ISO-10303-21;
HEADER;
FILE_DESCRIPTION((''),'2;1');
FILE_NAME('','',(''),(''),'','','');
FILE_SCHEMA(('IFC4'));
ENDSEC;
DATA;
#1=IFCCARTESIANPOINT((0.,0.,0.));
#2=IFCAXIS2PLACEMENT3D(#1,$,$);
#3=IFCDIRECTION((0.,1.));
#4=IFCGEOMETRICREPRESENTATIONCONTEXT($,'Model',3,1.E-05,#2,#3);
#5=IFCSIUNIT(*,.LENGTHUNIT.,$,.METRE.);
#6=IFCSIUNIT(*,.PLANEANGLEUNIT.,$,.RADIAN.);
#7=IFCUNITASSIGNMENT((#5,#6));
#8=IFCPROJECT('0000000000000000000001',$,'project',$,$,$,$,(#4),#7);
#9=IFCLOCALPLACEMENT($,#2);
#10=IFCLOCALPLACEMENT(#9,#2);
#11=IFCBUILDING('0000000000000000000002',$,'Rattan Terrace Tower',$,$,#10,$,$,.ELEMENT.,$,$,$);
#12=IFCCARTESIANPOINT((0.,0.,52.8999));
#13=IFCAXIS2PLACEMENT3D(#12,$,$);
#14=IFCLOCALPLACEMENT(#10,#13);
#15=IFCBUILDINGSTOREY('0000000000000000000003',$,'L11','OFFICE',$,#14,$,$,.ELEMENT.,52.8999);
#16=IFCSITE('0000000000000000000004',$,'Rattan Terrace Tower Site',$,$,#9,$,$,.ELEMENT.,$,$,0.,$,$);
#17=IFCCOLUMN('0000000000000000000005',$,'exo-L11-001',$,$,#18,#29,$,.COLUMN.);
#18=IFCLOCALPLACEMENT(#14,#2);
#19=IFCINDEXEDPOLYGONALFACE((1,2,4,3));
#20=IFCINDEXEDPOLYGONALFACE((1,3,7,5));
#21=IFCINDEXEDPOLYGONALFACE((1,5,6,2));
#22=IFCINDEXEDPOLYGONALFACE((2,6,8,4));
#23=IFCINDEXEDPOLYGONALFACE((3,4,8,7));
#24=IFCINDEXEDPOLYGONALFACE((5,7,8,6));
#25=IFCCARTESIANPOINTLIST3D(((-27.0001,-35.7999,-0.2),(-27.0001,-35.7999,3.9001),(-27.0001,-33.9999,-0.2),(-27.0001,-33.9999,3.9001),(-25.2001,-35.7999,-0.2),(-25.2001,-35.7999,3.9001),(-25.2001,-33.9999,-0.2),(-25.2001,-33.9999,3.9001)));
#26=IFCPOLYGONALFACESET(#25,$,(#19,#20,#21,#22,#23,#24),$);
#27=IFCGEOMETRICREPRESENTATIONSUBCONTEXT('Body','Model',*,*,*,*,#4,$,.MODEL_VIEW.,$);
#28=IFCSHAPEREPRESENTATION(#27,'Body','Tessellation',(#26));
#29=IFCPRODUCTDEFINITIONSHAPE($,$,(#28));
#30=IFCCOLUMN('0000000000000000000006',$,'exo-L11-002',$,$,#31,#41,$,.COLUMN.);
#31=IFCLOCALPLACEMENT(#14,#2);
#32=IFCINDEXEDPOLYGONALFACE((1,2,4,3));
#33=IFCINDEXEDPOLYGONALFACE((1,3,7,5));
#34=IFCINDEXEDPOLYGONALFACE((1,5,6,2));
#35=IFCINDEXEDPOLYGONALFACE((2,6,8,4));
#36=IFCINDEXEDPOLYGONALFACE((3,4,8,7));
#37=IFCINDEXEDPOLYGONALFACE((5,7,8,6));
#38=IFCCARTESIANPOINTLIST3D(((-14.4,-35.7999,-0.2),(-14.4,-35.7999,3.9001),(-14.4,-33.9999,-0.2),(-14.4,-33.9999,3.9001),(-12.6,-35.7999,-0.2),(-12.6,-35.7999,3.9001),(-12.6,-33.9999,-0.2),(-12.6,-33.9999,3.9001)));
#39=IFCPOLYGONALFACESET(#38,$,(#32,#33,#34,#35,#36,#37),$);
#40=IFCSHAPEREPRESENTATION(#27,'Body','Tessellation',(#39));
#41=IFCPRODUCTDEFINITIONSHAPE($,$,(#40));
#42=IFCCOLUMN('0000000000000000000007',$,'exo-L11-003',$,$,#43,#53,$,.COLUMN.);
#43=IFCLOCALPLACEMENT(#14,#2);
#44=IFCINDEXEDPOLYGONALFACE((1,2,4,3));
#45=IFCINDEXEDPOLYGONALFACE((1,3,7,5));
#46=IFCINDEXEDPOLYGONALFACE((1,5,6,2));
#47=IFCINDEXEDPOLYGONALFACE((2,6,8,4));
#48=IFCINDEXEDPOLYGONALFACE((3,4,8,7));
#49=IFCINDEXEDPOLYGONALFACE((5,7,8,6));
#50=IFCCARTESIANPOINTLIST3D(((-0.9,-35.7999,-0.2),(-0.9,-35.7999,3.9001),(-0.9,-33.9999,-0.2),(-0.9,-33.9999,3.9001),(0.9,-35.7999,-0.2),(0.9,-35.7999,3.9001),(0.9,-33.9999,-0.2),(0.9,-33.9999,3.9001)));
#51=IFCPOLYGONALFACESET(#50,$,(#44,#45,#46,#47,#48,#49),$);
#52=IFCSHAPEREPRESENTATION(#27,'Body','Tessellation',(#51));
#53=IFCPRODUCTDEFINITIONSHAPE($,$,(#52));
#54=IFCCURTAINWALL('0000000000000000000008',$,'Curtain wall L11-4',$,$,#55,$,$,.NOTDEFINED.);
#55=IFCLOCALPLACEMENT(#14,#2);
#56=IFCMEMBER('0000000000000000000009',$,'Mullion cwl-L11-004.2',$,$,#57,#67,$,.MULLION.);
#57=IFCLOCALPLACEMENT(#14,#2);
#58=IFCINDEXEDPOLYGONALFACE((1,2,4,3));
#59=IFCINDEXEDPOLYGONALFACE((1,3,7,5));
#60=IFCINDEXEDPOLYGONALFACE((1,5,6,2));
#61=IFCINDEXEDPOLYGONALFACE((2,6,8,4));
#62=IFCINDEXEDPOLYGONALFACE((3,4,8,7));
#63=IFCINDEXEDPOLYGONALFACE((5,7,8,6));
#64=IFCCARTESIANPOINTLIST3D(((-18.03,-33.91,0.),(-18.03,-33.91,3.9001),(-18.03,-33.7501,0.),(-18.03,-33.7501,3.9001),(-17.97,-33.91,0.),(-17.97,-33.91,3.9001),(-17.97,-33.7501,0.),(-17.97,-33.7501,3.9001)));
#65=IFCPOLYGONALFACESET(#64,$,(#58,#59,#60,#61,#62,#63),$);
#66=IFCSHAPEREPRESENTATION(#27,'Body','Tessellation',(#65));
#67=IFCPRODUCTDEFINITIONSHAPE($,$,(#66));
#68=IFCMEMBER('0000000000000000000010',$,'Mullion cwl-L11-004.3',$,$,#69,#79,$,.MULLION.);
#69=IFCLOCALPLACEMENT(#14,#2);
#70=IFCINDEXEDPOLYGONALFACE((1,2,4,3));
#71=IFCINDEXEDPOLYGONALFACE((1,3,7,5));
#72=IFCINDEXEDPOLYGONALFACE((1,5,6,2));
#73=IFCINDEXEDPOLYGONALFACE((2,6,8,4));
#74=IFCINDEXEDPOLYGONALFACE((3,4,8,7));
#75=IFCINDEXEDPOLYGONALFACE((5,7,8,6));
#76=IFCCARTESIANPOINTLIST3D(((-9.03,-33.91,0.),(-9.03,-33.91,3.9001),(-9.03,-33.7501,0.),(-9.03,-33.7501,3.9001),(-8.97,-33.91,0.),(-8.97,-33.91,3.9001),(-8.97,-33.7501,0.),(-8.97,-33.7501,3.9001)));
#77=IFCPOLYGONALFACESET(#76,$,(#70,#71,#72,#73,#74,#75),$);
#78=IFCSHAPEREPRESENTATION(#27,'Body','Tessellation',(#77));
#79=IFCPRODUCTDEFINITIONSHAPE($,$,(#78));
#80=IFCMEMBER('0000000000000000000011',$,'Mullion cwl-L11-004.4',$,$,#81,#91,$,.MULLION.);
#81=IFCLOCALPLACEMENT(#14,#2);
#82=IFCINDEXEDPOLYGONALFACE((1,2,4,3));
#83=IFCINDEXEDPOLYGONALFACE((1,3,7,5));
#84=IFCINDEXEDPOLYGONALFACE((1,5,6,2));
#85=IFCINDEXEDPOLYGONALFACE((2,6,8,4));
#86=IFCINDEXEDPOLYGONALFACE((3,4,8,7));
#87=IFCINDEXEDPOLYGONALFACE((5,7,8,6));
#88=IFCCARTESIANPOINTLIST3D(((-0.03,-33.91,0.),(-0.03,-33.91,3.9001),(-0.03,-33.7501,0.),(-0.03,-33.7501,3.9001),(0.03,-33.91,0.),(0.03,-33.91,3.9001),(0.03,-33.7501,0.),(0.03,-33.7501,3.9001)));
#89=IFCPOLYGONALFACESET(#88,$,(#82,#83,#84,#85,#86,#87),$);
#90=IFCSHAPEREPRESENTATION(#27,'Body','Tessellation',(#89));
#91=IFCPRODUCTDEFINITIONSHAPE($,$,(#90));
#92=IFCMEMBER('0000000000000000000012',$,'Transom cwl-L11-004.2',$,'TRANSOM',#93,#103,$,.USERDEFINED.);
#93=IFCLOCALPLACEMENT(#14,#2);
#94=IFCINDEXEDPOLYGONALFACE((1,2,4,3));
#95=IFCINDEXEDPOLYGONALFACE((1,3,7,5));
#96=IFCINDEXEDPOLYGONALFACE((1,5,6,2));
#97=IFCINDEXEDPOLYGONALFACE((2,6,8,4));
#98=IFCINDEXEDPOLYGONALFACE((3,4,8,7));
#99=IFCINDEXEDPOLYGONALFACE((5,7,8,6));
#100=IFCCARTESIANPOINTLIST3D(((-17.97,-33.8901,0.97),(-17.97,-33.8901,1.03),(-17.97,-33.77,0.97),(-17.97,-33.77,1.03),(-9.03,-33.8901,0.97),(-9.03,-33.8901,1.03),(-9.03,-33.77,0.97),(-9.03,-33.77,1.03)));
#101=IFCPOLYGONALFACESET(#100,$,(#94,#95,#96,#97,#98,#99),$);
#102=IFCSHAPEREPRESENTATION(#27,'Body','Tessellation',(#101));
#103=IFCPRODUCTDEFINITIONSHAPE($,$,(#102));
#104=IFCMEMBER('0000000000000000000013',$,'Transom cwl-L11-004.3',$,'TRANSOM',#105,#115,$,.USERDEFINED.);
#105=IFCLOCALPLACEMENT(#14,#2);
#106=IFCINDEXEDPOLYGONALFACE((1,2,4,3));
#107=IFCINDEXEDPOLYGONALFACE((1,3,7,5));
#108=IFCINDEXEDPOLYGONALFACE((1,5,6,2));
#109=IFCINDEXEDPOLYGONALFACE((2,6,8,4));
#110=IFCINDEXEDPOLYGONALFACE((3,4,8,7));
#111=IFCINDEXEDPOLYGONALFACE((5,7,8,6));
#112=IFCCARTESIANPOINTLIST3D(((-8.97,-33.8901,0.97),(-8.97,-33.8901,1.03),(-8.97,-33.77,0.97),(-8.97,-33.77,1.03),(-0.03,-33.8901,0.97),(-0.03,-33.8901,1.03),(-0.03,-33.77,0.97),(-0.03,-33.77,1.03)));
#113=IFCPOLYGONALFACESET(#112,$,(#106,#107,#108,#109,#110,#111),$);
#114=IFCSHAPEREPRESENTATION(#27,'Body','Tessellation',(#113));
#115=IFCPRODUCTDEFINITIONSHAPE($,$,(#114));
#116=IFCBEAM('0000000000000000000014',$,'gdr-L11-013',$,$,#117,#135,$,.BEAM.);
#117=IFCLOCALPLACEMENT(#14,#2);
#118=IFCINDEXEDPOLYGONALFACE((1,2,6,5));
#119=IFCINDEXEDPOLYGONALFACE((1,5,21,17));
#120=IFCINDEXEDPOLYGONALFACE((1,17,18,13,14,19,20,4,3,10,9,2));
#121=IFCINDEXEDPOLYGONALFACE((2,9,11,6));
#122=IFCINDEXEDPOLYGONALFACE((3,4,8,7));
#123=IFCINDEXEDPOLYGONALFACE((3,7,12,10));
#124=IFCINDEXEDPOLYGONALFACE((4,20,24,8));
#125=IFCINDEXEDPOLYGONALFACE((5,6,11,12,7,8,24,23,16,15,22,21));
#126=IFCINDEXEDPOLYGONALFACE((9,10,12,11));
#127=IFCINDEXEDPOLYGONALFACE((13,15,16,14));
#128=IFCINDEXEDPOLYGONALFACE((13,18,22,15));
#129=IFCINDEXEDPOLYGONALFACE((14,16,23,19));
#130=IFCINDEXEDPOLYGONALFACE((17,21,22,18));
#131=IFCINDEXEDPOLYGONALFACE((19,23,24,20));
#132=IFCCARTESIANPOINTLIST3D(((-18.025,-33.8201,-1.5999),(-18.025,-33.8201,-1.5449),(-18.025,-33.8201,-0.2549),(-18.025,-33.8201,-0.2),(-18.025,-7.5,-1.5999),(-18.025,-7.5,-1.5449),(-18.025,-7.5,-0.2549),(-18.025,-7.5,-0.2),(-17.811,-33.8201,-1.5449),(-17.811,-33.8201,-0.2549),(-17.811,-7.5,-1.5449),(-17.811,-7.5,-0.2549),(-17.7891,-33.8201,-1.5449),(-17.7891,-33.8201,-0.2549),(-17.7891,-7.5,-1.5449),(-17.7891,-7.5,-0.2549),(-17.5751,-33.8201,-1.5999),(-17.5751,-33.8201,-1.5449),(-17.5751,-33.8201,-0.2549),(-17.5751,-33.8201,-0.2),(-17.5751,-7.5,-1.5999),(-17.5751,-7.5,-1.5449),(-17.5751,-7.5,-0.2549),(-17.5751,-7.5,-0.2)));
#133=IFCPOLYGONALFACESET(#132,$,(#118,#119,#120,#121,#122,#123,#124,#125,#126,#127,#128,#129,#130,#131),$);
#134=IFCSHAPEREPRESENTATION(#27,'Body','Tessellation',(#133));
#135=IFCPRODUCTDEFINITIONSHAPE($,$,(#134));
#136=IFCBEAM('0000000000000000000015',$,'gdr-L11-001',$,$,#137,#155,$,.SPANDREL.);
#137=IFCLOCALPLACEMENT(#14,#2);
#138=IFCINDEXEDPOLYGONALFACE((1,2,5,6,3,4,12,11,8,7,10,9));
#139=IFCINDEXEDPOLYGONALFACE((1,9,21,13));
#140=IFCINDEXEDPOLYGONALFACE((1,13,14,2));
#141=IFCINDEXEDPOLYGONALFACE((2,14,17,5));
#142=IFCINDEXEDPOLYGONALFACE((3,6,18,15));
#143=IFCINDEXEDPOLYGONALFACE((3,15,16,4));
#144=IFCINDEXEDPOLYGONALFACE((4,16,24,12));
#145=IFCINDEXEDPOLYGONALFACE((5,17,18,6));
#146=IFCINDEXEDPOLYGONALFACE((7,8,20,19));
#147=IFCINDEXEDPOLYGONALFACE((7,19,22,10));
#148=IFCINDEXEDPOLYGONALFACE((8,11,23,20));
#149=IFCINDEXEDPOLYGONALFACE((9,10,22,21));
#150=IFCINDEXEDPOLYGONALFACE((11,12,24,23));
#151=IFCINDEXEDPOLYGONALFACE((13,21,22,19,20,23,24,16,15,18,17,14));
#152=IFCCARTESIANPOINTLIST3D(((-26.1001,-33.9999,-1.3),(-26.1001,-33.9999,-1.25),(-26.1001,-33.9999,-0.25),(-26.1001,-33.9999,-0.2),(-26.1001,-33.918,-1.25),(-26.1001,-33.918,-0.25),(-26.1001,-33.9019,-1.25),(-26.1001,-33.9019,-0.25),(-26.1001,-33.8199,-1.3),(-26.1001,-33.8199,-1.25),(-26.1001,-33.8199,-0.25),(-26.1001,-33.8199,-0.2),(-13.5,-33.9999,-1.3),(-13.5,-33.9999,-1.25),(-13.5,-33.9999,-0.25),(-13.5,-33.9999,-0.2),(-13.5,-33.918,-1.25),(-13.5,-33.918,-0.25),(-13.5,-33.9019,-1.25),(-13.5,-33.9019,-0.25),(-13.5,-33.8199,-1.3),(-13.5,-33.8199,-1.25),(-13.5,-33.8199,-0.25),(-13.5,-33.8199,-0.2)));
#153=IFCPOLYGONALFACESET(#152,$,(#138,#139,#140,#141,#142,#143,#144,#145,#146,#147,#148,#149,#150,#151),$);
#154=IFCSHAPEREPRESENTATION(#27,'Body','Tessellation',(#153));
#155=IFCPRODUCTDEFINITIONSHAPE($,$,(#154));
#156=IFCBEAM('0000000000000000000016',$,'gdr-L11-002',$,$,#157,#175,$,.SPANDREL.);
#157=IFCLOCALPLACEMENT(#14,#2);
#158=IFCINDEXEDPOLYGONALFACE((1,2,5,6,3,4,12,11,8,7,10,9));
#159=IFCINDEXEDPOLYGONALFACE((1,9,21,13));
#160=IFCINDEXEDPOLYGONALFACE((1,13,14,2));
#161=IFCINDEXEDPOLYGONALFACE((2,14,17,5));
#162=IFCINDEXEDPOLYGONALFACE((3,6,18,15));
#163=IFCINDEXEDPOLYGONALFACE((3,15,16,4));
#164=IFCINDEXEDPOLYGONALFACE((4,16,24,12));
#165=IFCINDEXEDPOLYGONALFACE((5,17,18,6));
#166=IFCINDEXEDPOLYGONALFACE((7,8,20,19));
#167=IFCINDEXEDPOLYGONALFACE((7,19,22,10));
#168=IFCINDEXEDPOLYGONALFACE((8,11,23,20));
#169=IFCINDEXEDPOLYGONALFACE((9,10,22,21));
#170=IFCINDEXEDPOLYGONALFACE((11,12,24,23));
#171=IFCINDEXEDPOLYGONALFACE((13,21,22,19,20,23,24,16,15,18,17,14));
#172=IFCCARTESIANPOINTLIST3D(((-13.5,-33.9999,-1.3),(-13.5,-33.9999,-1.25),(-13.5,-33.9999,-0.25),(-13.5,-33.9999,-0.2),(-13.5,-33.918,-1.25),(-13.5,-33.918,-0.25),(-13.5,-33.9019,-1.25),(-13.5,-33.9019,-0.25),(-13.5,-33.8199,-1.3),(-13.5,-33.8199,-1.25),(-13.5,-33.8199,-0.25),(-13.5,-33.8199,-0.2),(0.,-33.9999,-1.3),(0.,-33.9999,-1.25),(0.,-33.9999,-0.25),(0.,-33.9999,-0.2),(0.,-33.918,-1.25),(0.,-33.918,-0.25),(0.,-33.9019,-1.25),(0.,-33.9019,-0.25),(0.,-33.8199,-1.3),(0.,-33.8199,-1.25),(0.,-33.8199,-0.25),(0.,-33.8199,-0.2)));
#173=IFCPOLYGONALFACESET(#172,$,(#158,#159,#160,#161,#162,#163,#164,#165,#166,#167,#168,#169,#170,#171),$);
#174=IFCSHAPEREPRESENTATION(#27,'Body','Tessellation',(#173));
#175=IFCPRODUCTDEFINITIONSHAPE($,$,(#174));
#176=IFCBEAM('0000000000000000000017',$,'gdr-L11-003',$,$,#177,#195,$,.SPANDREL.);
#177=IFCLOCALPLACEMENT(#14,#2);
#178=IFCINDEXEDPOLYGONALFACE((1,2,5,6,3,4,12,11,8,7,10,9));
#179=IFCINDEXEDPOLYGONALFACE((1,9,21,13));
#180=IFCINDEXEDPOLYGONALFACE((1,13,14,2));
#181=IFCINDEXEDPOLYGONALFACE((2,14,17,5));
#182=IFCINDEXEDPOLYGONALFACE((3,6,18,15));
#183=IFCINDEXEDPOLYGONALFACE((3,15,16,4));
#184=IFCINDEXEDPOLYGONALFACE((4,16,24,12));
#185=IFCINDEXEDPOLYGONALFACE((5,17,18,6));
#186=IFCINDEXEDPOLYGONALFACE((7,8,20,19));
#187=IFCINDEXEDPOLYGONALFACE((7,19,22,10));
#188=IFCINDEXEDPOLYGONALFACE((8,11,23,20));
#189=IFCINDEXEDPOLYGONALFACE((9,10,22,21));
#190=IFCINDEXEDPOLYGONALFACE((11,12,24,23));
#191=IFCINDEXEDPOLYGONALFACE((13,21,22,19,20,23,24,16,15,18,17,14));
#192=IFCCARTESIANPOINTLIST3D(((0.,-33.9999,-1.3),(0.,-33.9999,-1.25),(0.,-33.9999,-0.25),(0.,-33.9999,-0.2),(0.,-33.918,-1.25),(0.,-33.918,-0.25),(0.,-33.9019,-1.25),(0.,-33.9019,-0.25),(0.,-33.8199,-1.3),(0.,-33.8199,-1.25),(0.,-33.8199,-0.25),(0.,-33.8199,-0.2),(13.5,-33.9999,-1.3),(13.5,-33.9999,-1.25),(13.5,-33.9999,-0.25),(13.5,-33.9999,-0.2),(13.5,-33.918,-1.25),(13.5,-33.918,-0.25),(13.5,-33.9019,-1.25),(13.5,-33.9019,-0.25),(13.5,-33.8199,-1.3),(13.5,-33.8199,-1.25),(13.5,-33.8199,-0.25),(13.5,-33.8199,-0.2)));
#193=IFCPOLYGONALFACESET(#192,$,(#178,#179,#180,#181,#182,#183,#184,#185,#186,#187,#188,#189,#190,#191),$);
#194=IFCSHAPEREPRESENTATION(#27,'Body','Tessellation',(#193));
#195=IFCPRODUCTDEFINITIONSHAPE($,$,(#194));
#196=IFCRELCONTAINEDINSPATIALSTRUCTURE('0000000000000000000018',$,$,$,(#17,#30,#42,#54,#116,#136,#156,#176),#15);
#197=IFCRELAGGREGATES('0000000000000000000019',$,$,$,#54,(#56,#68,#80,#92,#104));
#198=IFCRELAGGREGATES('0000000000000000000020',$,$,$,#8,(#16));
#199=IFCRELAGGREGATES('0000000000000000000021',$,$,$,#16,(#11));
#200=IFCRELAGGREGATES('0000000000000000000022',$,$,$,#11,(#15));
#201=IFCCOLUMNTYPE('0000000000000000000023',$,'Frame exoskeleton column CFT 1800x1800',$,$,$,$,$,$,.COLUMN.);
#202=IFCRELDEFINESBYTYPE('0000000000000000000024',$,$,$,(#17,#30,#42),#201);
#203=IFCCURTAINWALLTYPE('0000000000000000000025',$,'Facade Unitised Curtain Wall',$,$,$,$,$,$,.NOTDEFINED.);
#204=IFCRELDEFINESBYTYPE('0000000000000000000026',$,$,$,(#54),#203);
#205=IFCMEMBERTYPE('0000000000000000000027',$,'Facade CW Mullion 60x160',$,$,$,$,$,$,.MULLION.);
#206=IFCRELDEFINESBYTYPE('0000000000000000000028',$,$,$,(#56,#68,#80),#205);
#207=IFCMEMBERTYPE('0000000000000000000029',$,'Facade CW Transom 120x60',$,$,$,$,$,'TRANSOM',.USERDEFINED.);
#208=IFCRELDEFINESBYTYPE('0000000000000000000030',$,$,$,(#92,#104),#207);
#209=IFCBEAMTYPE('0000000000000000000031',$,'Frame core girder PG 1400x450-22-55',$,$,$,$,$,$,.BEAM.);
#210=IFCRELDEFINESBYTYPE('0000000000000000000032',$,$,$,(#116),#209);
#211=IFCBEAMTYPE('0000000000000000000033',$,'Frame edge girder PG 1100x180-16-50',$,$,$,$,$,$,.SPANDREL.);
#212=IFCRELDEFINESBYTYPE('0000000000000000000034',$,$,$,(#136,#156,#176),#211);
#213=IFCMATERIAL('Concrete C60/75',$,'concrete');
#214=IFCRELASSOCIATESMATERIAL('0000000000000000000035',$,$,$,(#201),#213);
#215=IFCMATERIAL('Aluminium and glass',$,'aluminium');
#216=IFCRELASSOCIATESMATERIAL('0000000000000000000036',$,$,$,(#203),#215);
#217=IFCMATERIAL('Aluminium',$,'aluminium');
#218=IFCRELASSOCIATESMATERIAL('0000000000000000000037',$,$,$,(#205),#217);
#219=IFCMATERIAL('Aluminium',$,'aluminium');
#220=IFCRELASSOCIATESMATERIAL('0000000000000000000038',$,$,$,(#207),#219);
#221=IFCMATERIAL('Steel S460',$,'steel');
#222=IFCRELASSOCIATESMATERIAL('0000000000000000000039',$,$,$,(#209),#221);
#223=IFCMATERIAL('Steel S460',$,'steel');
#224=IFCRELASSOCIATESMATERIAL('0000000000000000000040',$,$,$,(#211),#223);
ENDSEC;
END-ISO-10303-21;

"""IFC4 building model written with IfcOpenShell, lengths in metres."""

from ifc_helpers import new_model, si_unit, direction, frame, origin, origin_2d, place, context, subcontext, project, spatial, rectangle, i_section, extrude, material, material_profile, profile_set, type_object, element, aggregate, save


model = new_model("IFC4")

# Units and contexts
model_context = context("Model", 3, precision=1e-05, world=origin(), true_north=direction((0.0, 1.0)))
body_context = subcontext(model_context, "Body", "Model", "MODEL_VIEW")
ifc_project = project(units=[si_unit("LENGTHUNIT", "METRE"), si_unit("PLANEANGLEUNIT", "RADIAN")], contexts=[model_context])

# Site, building, storey
site_placement = place(None, origin())
site = spatial("IfcSite", under=ifc_project, at=site_placement, Name="Rattan Terrace Tower Site", CompositionType="ELEMENT", RefElevation=0.0)
building_placement = place(site_placement, origin())
building = spatial("IfcBuilding", under=site, at=building_placement, Name="Rattan Terrace Tower", CompositionType="ELEMENT")
storey_placement = place(building_placement, frame((0.0, 0.0, 52.8999)))
storey = spatial("IfcBuildingStorey", under=building, at=storey_placement, Name="L11", Description="OFFICE", CompositionType="ELEMENT", Elevation=52.8999)

# Columns
ifc_material_1 = material(Name="Concrete C60/75", Category="concrete")
ifc_material_profile_1 = material_profile(ifc_material_1, rectangle(XDim=1.8, YDim=1.8, at=origin_2d()), Name="CFT 1800x1800")
ifc_profile_set_1 = profile_set([ifc_material_profile_1], Name="Concrete C60/75")
column_type = type_object("IfcColumnType", Name="Frame exoskeleton column CFT 1800x1800", PredefinedType="COLUMN", material=ifc_profile_set_1)
for number, where, z_axis, x_axis, name in (
    (1, (-26.1001, -34.8999, -0.2), (0.0, 0.0, 1.0), (1.0, 0.0, 0.0), "exo-L11-001"),
    (2, (-13.5, -34.8999, -0.2), (0.0, 0.0, 1.0), (1.0, 0.0, 0.0), "exo-L11-002"),
    (3, (0.0, -34.8999, -0.2), (0.0, 0.0, 1.0), (1.0, 0.0, 0.0), "exo-L11-003"),
):
    element("IfcColumn", number, at=place(storey_placement, frame(where, z_axis=z_axis, x_axis=x_axis)), inside=storey, type_object=column_type, Name=name, PredefinedType="COLUMN", context=body_context, shape_type="SweptSolid", body=[
        extrude(rectangle(XDim=1.8, YDim=1.8, at=origin_2d()), origin(), (0.0, 0.0, 1.0), 4.1001),
    ])

# Curtain wall, members
ifc_material_2 = material(Name="Aluminium and glass", Category="aluminium")
curtain_wall_type = type_object("IfcCurtainWallType", Name="Facade Unitised Curtain Wall", PredefinedType="NOTDEFINED", material=ifc_material_2)
curtain_wall_placement = place(storey_placement, origin())
curtain_wall = element("IfcCurtainWall", 4, at=curtain_wall_placement, inside=storey, type_object=curtain_wall_type, Name="Curtain wall L11-4", PredefinedType="NOTDEFINED")
ifc_material_3 = material(Name="Aluminium", Category="aluminium")
ifc_material_profile_2 = material_profile(ifc_material_3, rectangle(XDim=0.0601, YDim=0.1599, at=origin_2d()), Name="Aluminium 60x160")
ifc_profile_set_2 = profile_set([ifc_material_profile_2], Name="Aluminium")
member_type_1 = type_object("IfcMemberType", Name="Facade CW Mullion 60x160", PredefinedType="MULLION", material=ifc_profile_set_2)
member_1_placement = place(storey_placement, frame((-18.0, -33.8301, 0.0), z_axis=(0.0, 0.0, 1.0), x_axis=(1.0, 0.0, 0.0)))
member_1 = element("IfcMember", 5, at=member_1_placement, type_object=member_type_1, Name="Mullion cwl-L11-004.2", PredefinedType="MULLION", context=body_context, shape_type="SweptSolid", body=[
    extrude(rectangle(XDim=0.0601, YDim=0.1599, at=origin_2d()), origin(), (0.0, 0.0, 1.0), 3.9001),
])
member_2_placement = place(storey_placement, frame((-9.0, -33.8301, 0.0), z_axis=(0.0, 0.0, 1.0), x_axis=(1.0, 0.0, 0.0)))
member_2 = element("IfcMember", 6, at=member_2_placement, type_object=member_type_1, Name="Mullion cwl-L11-004.3", PredefinedType="MULLION", context=body_context, shape_type="SweptSolid", body=[
    extrude(rectangle(XDim=0.0601, YDim=0.1599, at=origin_2d()), origin(), (0.0, 0.0, 1.0), 3.9001),
])
member_3_placement = place(storey_placement, frame((0.0, -33.8301, 0.0), z_axis=(0.0, 0.0, 1.0), x_axis=(1.0, 0.0, 0.0)))
member_3 = element("IfcMember", 7, at=member_3_placement, type_object=member_type_1, Name="Mullion cwl-L11-004.4", PredefinedType="MULLION", context=body_context, shape_type="SweptSolid", body=[
    extrude(rectangle(XDim=0.0601, YDim=0.1599, at=origin_2d()), origin(), (0.0, 0.0, 1.0), 3.9001),
])
ifc_material_4 = material(Name="Aluminium", Category="aluminium")
ifc_material_profile_3 = material_profile(ifc_material_4, rectangle(XDim=0.1201, YDim=0.0601, at=origin_2d()), Name="Aluminium 120x60")
ifc_profile_set_3 = profile_set([ifc_material_profile_3], Name="Aluminium")
member_type_2 = type_object("IfcMemberType", Name="Facade CW Transom 120x60", ElementType="TRANSOM", PredefinedType="USERDEFINED", material=ifc_profile_set_3)
member_4_placement = place(storey_placement, frame((-17.97, -33.8301, 1.0), z_axis=(1.0, 0.0, 0.0), x_axis=(0.0, 1.0, 0.0)))
member_4 = element("IfcMember", 8, at=member_4_placement, type_object=member_type_2, Name="Transom cwl-L11-004.2", ObjectType="TRANSOM", PredefinedType="USERDEFINED", context=body_context, shape_type="SweptSolid", body=[
    extrude(rectangle(XDim=0.1201, YDim=0.0601, at=origin_2d()), origin(), (0.0, 0.0, 1.0), 8.9399),
])
member_5_placement = place(storey_placement, frame((-8.97, -33.8301, 1.0), z_axis=(1.0, 0.0, 0.0), x_axis=(0.0, 1.0, 0.0)))
member_5 = element("IfcMember", 9, at=member_5_placement, type_object=member_type_2, Name="Transom cwl-L11-004.3", ObjectType="TRANSOM", PredefinedType="USERDEFINED", context=body_context, shape_type="SweptSolid", body=[
    extrude(rectangle(XDim=0.1201, YDim=0.0601, at=origin_2d()), origin(), (0.0, 0.0, 1.0), 8.9399),
])

# Beams
ifc_material_5 = material(Name="Steel S460", Category="steel")
ifc_material_profile_4 = material_profile(ifc_material_5, i_section(OverallWidth=0.45, OverallDepth=1.3999, WebThickness=0.022, FlangeThickness=0.0549, at=origin_2d()), Name="PG 1400x450-22-55")
ifc_profile_set_4 = profile_set([ifc_material_profile_4], Name="Steel S460")
beam_type_1 = type_object("IfcBeamType", Name="Frame core girder PG 1400x450-22-55", PredefinedType="BEAM", material=ifc_profile_set_4)
beam_1_placement = place(storey_placement, frame((-17.8, -33.8201, -0.8999), z_axis=(0.0, 1.0, 0.0), x_axis=(-1.0, 0.0, 0.0)))
element("IfcBeam", 10, at=beam_1_placement, inside=storey, type_object=beam_type_1, Name="gdr-L11-013", PredefinedType="BEAM", context=body_context, shape_type="SweptSolid", body=[
    extrude(i_section(OverallWidth=0.45, OverallDepth=1.3999, WebThickness=0.022, FlangeThickness=0.0549, at=origin_2d()), origin(), (0.0, 0.0, 1.0), 26.3201),
])
ifc_material_6 = material(Name="Steel S460", Category="steel")
ifc_material_profile_5 = material_profile(ifc_material_6, i_section(OverallWidth=0.1799, OverallDepth=1.1001, WebThickness=0.0161, FlangeThickness=0.05, at=origin_2d()), Name="PG 1100x180-16-50")
ifc_profile_set_5 = profile_set([ifc_material_profile_5], Name="Steel S460")
beam_type_2 = type_object("IfcBeamType", Name="Frame edge girder PG 1100x180-16-50", PredefinedType="SPANDREL", material=ifc_profile_set_5)
beam_2_placement = place(storey_placement, frame((-26.1001, -33.9099, -0.75), z_axis=(1.0, 0.0, 0.0), x_axis=(0.0, 1.0, 0.0)))
element("IfcBeam", 11, at=beam_2_placement, inside=storey, type_object=beam_type_2, Name="gdr-L11-001", PredefinedType="SPANDREL", context=body_context, shape_type="SweptSolid", body=[
    extrude(i_section(OverallWidth=0.1799, OverallDepth=1.1001, WebThickness=0.0161, FlangeThickness=0.05, at=origin_2d()), origin(), (0.0, 0.0, 1.0), 12.6001),
])
for number, where, z_axis, x_axis, name in (
    (12, (-13.5, -33.9099, -0.75), (1.0, 0.0, 0.0), (0.0, 1.0, 0.0), "gdr-L11-002"),
    (13, (0.0, -33.9099, -0.75), (1.0, 0.0, 0.0), (0.0, 1.0, 0.0), "gdr-L11-003"),
):
    element("IfcBeam", number, at=place(storey_placement, frame(where, z_axis=z_axis, x_axis=x_axis)), inside=storey, type_object=beam_type_2, Name=name, PredefinedType="SPANDREL", context=body_context, shape_type="SweptSolid", body=[
        extrude(i_section(OverallWidth=0.1799, OverallDepth=1.1001, WebThickness=0.0161, FlangeThickness=0.05, at=origin_2d()), origin(), (0.0, 0.0, 1.0), 13.5),
    ])

aggregate(curtain_wall, [member_1, member_2, member_3, member_4, member_5])

save(model, "model.ifc")
